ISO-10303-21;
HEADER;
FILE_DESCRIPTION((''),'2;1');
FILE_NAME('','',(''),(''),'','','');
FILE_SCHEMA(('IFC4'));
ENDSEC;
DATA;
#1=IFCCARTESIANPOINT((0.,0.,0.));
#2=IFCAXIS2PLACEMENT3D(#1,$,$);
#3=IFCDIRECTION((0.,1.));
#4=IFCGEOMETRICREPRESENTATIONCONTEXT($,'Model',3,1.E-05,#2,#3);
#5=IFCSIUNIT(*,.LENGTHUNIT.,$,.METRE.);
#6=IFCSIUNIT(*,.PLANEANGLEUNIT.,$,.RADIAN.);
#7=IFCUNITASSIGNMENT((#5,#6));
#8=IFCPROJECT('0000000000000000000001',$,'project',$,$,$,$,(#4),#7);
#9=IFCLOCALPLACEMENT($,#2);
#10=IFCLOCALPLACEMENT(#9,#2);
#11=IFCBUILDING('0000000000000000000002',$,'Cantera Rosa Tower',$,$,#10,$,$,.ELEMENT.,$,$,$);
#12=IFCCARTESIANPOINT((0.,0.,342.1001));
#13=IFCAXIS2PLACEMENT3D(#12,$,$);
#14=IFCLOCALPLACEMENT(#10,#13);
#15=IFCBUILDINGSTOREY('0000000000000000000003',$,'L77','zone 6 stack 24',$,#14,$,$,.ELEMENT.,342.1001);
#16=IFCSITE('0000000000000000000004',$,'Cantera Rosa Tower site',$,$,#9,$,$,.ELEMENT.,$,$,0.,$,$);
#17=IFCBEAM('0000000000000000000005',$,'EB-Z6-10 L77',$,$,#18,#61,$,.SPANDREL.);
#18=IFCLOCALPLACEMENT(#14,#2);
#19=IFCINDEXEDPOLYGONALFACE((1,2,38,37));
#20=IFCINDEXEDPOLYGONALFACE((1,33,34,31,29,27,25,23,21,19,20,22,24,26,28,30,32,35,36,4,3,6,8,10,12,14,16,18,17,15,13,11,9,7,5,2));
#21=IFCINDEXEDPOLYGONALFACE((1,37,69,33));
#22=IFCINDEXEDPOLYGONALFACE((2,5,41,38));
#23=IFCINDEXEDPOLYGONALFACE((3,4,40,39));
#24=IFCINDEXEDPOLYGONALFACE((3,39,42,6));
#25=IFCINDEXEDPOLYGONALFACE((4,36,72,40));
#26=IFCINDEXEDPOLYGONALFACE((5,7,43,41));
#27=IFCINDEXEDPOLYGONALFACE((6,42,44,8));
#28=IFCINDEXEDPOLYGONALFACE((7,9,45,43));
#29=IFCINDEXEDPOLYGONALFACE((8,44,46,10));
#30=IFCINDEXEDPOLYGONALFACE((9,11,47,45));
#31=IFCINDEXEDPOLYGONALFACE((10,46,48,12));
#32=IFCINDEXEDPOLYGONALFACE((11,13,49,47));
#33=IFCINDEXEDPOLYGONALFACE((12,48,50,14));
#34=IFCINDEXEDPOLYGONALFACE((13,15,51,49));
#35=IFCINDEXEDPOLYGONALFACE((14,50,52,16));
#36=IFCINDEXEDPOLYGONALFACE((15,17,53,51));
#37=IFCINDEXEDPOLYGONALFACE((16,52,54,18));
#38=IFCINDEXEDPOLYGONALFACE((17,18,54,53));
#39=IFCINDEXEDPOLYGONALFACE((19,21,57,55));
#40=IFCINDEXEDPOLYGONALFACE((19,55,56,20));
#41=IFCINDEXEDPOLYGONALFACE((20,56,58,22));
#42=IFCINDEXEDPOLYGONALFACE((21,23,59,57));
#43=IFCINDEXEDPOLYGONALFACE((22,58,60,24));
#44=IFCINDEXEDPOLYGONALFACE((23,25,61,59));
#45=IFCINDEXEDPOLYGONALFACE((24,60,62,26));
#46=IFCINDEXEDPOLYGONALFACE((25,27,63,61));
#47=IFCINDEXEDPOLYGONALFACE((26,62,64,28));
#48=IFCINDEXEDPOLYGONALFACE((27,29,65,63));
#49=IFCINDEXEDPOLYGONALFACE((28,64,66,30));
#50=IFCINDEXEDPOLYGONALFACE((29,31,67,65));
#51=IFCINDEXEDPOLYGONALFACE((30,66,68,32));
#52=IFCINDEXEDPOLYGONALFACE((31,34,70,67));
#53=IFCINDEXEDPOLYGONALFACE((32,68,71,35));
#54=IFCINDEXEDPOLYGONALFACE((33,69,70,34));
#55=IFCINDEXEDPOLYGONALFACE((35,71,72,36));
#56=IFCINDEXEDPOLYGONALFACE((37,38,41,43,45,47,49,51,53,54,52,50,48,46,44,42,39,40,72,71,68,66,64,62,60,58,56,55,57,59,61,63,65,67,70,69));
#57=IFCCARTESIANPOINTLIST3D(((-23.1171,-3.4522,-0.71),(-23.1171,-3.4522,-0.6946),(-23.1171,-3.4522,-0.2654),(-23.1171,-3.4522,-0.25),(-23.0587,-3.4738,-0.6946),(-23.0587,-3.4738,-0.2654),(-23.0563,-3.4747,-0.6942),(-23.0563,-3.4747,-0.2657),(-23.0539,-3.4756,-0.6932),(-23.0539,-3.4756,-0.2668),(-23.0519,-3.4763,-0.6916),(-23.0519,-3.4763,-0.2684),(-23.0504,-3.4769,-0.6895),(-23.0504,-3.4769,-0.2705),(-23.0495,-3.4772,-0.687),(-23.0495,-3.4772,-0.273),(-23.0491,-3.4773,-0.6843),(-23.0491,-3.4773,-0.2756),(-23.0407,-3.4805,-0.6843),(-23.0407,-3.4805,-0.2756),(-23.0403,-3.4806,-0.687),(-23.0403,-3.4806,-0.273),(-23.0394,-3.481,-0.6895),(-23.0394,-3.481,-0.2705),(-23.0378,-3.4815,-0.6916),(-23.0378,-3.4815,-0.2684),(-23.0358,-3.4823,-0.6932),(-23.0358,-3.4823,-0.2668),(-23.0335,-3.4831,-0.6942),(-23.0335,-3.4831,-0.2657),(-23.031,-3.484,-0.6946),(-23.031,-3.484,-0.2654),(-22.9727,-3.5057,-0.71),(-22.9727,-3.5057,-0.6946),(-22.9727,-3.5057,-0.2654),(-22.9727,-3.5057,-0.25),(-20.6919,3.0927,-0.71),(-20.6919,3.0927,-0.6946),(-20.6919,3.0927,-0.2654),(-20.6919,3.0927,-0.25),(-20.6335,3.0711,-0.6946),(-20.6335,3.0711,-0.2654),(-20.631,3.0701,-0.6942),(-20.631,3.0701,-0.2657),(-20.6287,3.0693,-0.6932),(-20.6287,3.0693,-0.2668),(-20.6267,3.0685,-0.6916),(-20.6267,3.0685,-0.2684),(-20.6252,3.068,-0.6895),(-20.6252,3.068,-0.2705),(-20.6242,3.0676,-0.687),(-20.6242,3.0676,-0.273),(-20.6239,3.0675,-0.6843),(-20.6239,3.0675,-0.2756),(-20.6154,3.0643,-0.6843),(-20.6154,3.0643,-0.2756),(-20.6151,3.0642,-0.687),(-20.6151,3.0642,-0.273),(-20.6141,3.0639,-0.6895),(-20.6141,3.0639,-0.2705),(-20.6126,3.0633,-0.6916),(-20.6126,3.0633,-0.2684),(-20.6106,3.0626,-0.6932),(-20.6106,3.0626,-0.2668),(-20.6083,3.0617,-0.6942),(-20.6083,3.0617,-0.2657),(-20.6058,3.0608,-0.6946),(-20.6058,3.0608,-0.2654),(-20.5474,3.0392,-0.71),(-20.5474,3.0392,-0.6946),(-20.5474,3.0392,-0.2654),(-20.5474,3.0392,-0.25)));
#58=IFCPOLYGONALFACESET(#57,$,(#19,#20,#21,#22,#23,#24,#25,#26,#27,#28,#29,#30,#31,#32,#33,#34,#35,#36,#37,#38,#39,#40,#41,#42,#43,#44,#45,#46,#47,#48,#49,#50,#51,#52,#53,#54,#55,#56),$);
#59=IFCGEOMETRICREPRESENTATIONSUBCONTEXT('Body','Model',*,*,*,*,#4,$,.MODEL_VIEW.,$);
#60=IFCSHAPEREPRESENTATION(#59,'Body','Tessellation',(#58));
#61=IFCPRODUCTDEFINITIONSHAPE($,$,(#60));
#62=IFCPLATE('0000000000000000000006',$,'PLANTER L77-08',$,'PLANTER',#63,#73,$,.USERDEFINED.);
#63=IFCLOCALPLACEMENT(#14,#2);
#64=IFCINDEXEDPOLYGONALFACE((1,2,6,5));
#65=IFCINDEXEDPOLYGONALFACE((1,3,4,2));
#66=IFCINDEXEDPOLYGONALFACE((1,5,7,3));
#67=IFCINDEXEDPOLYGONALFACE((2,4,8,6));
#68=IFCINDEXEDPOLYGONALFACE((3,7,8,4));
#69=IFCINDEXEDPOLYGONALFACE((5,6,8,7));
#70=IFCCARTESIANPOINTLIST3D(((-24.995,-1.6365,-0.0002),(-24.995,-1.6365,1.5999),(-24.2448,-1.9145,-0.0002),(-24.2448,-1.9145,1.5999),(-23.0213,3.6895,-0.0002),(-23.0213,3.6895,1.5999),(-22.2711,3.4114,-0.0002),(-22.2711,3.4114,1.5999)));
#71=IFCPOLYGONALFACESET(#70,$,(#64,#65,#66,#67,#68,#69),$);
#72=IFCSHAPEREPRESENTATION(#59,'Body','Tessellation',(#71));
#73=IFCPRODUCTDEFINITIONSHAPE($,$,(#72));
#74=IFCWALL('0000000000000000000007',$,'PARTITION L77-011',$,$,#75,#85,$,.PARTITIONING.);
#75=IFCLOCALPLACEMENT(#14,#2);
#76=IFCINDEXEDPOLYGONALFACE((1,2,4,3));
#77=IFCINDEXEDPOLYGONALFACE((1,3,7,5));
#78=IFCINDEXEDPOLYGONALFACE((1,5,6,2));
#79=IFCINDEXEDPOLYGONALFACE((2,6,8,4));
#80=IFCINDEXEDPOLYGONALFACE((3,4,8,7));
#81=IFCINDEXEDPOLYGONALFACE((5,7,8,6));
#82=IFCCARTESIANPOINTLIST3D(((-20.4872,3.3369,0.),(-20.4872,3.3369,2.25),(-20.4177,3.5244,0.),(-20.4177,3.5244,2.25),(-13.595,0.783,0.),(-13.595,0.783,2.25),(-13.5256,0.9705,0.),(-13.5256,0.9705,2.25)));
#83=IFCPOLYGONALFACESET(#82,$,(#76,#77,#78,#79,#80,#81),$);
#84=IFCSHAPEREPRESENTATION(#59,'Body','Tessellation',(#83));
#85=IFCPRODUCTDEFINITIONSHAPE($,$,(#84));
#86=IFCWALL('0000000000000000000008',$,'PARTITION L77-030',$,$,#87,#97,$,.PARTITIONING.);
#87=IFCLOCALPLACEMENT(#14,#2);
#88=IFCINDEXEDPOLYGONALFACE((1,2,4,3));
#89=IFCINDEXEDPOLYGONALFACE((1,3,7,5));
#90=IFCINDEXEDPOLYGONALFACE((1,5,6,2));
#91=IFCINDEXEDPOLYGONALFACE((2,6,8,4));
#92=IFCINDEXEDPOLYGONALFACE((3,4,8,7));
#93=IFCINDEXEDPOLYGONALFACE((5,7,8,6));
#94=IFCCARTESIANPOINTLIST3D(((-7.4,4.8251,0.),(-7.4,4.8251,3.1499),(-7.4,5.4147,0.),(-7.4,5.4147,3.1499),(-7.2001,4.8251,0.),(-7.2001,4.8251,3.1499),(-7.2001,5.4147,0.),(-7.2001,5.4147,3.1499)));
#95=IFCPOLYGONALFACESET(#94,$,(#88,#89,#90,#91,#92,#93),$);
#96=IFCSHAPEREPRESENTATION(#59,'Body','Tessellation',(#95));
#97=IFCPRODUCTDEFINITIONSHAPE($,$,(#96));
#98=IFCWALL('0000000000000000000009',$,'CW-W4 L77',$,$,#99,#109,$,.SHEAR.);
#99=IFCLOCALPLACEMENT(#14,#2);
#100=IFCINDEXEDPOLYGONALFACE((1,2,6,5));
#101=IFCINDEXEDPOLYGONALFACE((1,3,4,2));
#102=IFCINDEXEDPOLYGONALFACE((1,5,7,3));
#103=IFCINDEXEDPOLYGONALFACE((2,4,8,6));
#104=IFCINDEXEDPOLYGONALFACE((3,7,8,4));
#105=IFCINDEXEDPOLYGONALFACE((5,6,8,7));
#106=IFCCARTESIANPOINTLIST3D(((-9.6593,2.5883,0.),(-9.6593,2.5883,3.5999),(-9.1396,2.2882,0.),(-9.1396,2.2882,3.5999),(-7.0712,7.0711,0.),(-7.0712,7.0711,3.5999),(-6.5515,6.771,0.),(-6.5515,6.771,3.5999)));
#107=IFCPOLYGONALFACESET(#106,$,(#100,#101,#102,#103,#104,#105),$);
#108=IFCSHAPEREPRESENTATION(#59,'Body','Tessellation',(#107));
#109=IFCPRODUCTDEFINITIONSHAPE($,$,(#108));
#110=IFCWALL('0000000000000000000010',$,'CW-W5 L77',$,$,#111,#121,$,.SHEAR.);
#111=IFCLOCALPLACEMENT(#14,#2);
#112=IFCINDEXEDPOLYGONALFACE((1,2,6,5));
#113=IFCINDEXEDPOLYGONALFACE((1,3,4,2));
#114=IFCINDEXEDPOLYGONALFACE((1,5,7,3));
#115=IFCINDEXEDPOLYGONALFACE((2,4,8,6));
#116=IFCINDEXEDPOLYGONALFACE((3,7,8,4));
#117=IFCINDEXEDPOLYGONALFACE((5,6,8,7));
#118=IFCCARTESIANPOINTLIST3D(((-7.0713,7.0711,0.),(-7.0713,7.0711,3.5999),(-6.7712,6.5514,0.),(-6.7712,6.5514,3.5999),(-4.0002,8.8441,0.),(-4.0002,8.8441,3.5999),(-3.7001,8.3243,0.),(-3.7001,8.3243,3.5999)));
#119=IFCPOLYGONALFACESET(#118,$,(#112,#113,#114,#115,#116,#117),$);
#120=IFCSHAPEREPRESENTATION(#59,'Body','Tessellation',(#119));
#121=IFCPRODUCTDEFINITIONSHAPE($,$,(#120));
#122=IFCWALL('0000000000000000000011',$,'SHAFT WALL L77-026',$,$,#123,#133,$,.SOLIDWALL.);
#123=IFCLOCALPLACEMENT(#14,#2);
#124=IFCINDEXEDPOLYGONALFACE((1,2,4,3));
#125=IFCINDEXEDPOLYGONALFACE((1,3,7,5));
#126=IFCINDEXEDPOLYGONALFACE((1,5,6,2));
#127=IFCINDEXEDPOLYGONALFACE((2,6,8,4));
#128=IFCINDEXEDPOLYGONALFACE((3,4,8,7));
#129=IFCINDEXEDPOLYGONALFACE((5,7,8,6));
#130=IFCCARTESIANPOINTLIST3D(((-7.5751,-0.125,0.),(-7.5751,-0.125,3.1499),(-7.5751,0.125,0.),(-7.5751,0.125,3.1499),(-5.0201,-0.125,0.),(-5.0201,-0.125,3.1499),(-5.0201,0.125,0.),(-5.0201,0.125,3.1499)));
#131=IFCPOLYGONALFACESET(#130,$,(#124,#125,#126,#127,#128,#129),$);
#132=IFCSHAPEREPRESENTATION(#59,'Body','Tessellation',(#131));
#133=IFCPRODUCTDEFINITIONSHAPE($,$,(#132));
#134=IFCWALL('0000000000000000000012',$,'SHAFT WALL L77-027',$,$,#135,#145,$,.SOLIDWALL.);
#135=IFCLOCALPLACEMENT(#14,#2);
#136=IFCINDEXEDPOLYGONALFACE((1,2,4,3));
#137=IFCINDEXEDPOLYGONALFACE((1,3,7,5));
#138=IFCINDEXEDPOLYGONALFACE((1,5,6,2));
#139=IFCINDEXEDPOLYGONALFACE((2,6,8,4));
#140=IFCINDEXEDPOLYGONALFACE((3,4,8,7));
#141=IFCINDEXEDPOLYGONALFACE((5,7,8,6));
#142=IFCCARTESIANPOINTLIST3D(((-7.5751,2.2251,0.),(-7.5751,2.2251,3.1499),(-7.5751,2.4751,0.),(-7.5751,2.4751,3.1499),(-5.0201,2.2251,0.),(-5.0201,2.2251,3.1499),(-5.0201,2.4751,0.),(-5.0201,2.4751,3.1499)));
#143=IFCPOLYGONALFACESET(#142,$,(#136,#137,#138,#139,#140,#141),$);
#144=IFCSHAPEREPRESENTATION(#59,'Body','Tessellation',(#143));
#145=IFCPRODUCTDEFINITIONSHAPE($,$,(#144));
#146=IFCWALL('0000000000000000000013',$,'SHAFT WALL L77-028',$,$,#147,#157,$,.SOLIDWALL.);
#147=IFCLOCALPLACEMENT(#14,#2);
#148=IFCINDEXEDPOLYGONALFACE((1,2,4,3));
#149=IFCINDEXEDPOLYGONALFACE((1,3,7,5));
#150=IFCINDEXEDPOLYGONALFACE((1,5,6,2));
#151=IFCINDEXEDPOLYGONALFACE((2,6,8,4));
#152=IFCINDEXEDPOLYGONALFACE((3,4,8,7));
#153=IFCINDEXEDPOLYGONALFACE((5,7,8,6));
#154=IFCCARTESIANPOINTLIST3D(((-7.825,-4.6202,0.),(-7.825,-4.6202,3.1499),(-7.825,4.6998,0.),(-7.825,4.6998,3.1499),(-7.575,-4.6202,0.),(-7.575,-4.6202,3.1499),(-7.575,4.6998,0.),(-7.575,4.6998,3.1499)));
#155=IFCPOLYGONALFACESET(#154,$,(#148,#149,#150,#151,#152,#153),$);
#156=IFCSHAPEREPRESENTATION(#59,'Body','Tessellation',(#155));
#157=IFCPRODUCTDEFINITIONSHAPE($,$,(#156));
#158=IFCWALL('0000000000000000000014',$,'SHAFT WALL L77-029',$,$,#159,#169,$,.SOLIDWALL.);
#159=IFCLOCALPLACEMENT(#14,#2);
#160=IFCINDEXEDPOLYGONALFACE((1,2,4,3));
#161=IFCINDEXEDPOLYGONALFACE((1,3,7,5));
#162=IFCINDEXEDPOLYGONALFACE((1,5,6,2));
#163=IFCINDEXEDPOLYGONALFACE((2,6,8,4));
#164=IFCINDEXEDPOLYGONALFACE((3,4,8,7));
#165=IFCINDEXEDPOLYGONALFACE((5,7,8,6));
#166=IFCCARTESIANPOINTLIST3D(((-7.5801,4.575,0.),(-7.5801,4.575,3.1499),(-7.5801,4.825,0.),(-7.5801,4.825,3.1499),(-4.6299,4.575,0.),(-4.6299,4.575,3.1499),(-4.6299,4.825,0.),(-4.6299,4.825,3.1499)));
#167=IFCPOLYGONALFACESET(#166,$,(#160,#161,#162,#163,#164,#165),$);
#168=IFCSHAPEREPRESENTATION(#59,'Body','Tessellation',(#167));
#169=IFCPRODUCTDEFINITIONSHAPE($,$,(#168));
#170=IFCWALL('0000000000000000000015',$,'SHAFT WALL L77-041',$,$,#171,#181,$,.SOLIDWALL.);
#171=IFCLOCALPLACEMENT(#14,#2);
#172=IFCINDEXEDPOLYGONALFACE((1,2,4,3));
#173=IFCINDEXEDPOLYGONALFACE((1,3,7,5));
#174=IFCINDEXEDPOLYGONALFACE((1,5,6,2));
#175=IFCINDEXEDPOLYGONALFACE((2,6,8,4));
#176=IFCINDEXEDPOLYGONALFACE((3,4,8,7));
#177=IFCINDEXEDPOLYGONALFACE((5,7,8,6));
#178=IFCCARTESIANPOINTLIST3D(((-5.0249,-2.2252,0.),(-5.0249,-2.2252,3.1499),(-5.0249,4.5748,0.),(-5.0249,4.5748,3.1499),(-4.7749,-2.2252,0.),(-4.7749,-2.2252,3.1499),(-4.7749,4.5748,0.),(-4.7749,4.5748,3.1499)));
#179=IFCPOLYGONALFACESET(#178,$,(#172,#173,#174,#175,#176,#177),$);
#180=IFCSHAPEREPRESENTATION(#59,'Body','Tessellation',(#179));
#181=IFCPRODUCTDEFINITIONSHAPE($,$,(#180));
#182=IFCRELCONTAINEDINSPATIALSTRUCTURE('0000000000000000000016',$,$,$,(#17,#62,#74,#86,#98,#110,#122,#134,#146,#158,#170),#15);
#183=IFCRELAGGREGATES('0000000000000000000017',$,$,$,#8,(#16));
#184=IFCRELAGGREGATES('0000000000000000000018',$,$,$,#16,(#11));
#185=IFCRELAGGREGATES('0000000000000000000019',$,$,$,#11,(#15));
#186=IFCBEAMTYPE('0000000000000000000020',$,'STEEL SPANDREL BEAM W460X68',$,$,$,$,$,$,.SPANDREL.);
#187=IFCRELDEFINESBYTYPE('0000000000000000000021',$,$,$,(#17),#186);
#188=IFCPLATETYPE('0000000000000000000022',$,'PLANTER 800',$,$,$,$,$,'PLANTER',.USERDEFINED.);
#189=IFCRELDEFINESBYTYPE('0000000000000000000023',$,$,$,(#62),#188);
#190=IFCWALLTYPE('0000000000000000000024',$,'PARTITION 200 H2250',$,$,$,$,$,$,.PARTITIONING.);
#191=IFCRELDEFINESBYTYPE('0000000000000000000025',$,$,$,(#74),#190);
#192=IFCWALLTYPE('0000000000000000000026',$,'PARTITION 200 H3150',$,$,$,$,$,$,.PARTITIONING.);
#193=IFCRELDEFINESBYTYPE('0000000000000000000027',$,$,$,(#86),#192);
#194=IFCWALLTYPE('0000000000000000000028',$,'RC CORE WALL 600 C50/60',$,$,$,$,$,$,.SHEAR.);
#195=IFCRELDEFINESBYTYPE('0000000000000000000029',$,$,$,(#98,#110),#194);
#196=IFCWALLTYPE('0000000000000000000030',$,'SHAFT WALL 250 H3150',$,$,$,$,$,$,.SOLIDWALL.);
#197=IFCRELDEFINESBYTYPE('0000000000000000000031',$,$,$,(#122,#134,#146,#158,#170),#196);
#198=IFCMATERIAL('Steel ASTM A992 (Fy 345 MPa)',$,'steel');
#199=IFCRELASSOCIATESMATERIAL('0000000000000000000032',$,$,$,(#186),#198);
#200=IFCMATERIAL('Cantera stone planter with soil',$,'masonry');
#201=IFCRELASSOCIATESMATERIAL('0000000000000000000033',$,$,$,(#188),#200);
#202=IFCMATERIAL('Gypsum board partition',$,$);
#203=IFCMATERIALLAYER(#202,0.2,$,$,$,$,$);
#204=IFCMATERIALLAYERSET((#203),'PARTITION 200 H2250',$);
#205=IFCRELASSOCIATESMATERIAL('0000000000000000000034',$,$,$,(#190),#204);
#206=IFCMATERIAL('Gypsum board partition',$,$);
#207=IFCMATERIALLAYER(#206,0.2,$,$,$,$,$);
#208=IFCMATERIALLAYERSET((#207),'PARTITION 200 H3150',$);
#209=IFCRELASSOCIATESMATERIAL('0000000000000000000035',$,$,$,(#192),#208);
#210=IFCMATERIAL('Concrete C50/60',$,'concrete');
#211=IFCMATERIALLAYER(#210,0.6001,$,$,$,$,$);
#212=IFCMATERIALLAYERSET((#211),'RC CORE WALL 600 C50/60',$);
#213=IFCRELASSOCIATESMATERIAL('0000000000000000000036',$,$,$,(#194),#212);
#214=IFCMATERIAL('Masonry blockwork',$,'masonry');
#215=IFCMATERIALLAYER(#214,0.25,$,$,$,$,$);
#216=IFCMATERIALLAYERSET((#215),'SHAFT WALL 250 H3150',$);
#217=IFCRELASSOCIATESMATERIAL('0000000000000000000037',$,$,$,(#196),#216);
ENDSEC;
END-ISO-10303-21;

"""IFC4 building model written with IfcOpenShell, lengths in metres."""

from ifc_helpers import new_model, si_unit, direction, frame, frame_2d, origin, origin_2d, place, context, subcontext, project, spatial, rectangle, i_section, extrude, material, layer, layer_set, material_profile, profile_set, type_object, element, save


model = new_model("IFC4")

# Units and contexts
model_context = context("Model", 3, precision=1e-05, world=origin(), true_north=direction((0.0, 1.0)))
body_context = subcontext(model_context, "Body", "Model", "MODEL_VIEW")
ifc_project = project(units=[si_unit("LENGTHUNIT", "METRE"), si_unit("PLANEANGLEUNIT", "RADIAN")], contexts=[model_context])

# Site, building, storey
site_placement = place(None, origin())
site = spatial("IfcSite", under=ifc_project, at=site_placement, Name="Cantera Rosa Tower site", CompositionType="ELEMENT", RefElevation=0.0)
building_placement = place(site_placement, origin())
building = spatial("IfcBuilding", under=site, at=building_placement, Name="Cantera Rosa Tower", CompositionType="ELEMENT")
storey_placement = place(building_placement, frame((0.0, 0.0, 342.1001)))
storey = spatial("IfcBuildingStorey", under=building, at=storey_placement, Name="L77", Description="zone 6 stack 24", CompositionType="ELEMENT", Elevation=342.1001)

# Beam
ifc_material_1 = material(Name="Steel ASTM A992 (Fy 345 MPa)", Category="steel")
ifc_material_profile_1 = material_profile(ifc_material_1, i_section(OverallWidth=0.1541, OverallDepth=0.46, WebThickness=0.009, FlangeThickness=0.0154, FilletRadius=0.0103, at=origin_2d()), Name="W460X68")
ifc_profile_set_1 = profile_set([ifc_material_profile_1], Name="Steel ASTM A992 (Fy 345 MPa)")
beam_type_1 = type_object("IfcBeamType", Name="STEEL SPANDREL BEAM W460X68", PredefinedType="SPANDREL", material=ifc_profile_set_1)
beam_1_placement = place(storey_placement, frame((-20.6196, 3.0659, -0.48), z_axis=(-0.347472, -0.937691, 0.0), x_axis=(0.937691, -0.347472, 0.0)))
element("IfcBeam", 1, at=beam_1_placement, inside=storey, type_object=beam_type_1, Name="EB-Z6-10 L77", PredefinedType="SPANDREL", context=body_context, shape_type="SweptSolid", body=[
    extrude(i_section(OverallWidth=0.1541, OverallDepth=0.46, WebThickness=0.009, FlangeThickness=0.0154, FilletRadius=0.0103, at=origin_2d()), origin(), (0.0, 0.0, 1.0), 6.9797),
])

# Plate
ifc_material_2 = material(Name="Cantera stone planter with soil", Category="masonry")
plate_type = type_object("IfcPlateType", Name="PLANTER 800", ElementType="PLANTER", PredefinedType="USERDEFINED", material=ifc_material_2)
plate_placement = place(storey_placement, frame((-23.6331, 0.8875, -0.0002), z_axis=(0.0, 0.0, 1.0), x_axis=(-0.347481, -0.937687, 0.0)))
element("IfcPlate", 2, at=plate_placement, inside=storey, type_object=plate_type, Name="PLANTER L77-08", ObjectType="PLANTER", PredefinedType="USERDEFINED", context=body_context, shape_type="SweptSolid", body=[
    extrude(rectangle(XDim=5.6799, YDim=0.8, at=origin_2d()), origin(), (0.0, 0.0, 1.0), 1.6001),
])

# Walls
ifc_material_3 = material(Name="Gypsum board partition")
ifc_layer_1 = layer(ifc_material_3, 0.2)
ifc_layer_set_1 = layer_set([ifc_layer_1], Name="PARTITION 200 H2250")
wall_type_1 = type_object("IfcWallType", Name="PARTITION 200 H2250", PredefinedType="PARTITIONING", material=ifc_layer_set_1)
wall_1_placement = place(storey_placement, frame((-13.5603, 0.8767, 0.0), z_axis=(0.0, 0.0, 1.0), x_axis=(-0.93769, 0.347473, 0.0)))
element("IfcWall", 3, at=wall_1_placement, inside=storey, type_object=wall_type_1, Name="PARTITION L77-011", PredefinedType="PARTITIONING", context=body_context, shape_type="SweptSolid", body=[
    extrude(rectangle(XDim=7.3501, YDim=0.2, at=frame_2d((3.675, 0.0))), origin(), (0.0, 0.0, 1.0), 2.25),
])
ifc_material_4 = material(Name="Gypsum board partition")
ifc_layer_2 = layer(ifc_material_4, 0.2)
ifc_layer_set_2 = layer_set([ifc_layer_2], Name="PARTITION 200 H3150")
wall_type_2 = type_object("IfcWallType", Name="PARTITION 200 H3150", PredefinedType="PARTITIONING", material=ifc_layer_set_2)
wall_2_placement = place(storey_placement, frame((-7.3, 4.825, 0.0), z_axis=(0.0, 0.0, 1.0), x_axis=(0.0, 1.0, 0.0)))
element("IfcWall", 4, at=wall_2_placement, inside=storey, type_object=wall_type_2, Name="PARTITION L77-030", PredefinedType="PARTITIONING", context=body_context, shape_type="SweptSolid", body=[
    extrude(rectangle(XDim=0.5896, YDim=0.2, at=frame_2d((0.2949, 0.0))), origin(), (0.0, 0.0, 1.0), 3.1499),
])
ifc_material_5 = material(Name="Concrete C50/60", Category="concrete")
ifc_layer_3 = layer(ifc_material_5, 0.6001)
ifc_layer_set_3 = layer_set([ifc_layer_3], Name="RC CORE WALL 600 C50/60")
wall_type_3 = type_object("IfcWallType", Name="RC CORE WALL 600 C50/60", PredefinedType="SHEAR", material=ifc_layer_set_3)
wall_3_placement = place(storey_placement, frame((-9.3994, 2.4382, 0.0), z_axis=(0.0, 0.0, 1.0), x_axis=(0.499989, 0.866032, 0.0)))
element("IfcWall", 5, at=wall_3_placement, inside=storey, type_object=wall_type_3, Name="CW-W4 L77", PredefinedType="SHEAR", context=body_context, shape_type="SweptSolid", body=[
    extrude(rectangle(XDim=5.1763, YDim=0.6001, at=frame_2d((2.5881, 0.0))), origin(), (0.0, 0.0, 1.0), 3.5999),
])
wall_4_placement = place(storey_placement, frame((-6.9211, 6.8113, 0.0), z_axis=(0.0, 0.0, 1.0), x_axis=(0.86604, 0.499975, 0.0)))
element("IfcWall", 6, at=wall_4_placement, inside=storey, type_object=wall_type_3, Name="CW-W5 L77", PredefinedType="SHEAR", context=body_context, shape_type="SweptSolid", body=[
    extrude(rectangle(XDim=3.5461, YDim=0.6001, at=frame_2d((1.7729, 0.0))), origin(), (0.0, 0.0, 1.0), 3.5999),
])
ifc_material_6 = material(Name="Masonry blockwork", Category="masonry")
ifc_layer_4 = layer(ifc_material_6, 0.25)
ifc_layer_set_4 = layer_set([ifc_layer_4], Name="SHAFT WALL 250 H3150")
wall_type_4 = type_object("IfcWallType", Name="SHAFT WALL 250 H3150", PredefinedType="SOLIDWALL", material=ifc_layer_set_4)
for number, where, z_axis, x_axis, name in (
    (7, (-7.575, 0.0, 0.0), (0.0, 0.0, 1.0), (1.0, 0.0, 0.0), "SHAFT WALL L77-026"),
    (8, (-7.575, 2.3501, 0.0), (0.0, 0.0, 1.0), (1.0, 0.0, 0.0), "SHAFT WALL L77-027"),
):
    element("IfcWall", number, at=place(storey_placement, frame(where, z_axis=z_axis, x_axis=x_axis)), inside=storey, type_object=wall_type_4, Name=name, PredefinedType="SOLIDWALL", context=body_context, shape_type="SweptSolid", body=[
        extrude(rectangle(XDim=2.5549, YDim=0.25, at=frame_2d((1.2773, 0.0))), origin(), (0.0, 0.0, 1.0), 3.1499),
    ])
wall_5_placement = place(storey_placement, frame((-7.7, 4.7, 0.0), z_axis=(0.0, 0.0, 1.0), x_axis=(0.0, -1.0, 0.0)))
element("IfcWall", 9, at=wall_5_placement, inside=storey, type_object=wall_type_4, Name="SHAFT WALL L77-028", PredefinedType="SOLIDWALL", context=body_context, shape_type="SweptSolid", body=[
    extrude(rectangle(XDim=9.3201, YDim=0.25, at=frame_2d((4.6602, 0.0))), origin(), (0.0, 0.0, 1.0), 3.1499),
])
wall_6_placement = place(storey_placement, frame((-7.5801, 4.7, 0.0), z_axis=(0.0, 0.0, 1.0), x_axis=(1.0, 0.0, 0.0)))
element("IfcWall", 10, at=wall_6_placement, inside=storey, type_object=wall_type_4, Name="SHAFT WALL L77-029", PredefinedType="SOLIDWALL", context=body_context, shape_type="SweptSolid", body=[
    extrude(rectangle(XDim=2.9502, YDim=0.25, at=frame_2d((1.4751, 0.0))), origin(), (0.0, 0.0, 1.0), 3.1499),
])
wall_7_placement = place(storey_placement, frame((-4.8999, -2.2251, 0.0), z_axis=(0.0, 0.0, 1.0), x_axis=(0.0, 1.0, 0.0)))
element("IfcWall", 11, at=wall_7_placement, inside=storey, type_object=wall_type_4, Name="SHAFT WALL L77-041", PredefinedType="SOLIDWALL", context=body_context, shape_type="SweptSolid", body=[
    extrude(rectangle(XDim=6.8, YDim=0.25, at=frame_2d((3.3999, 0.0))), origin(), (0.0, 0.0, 1.0), 3.1499),
])

save(model, "model.ifc")
